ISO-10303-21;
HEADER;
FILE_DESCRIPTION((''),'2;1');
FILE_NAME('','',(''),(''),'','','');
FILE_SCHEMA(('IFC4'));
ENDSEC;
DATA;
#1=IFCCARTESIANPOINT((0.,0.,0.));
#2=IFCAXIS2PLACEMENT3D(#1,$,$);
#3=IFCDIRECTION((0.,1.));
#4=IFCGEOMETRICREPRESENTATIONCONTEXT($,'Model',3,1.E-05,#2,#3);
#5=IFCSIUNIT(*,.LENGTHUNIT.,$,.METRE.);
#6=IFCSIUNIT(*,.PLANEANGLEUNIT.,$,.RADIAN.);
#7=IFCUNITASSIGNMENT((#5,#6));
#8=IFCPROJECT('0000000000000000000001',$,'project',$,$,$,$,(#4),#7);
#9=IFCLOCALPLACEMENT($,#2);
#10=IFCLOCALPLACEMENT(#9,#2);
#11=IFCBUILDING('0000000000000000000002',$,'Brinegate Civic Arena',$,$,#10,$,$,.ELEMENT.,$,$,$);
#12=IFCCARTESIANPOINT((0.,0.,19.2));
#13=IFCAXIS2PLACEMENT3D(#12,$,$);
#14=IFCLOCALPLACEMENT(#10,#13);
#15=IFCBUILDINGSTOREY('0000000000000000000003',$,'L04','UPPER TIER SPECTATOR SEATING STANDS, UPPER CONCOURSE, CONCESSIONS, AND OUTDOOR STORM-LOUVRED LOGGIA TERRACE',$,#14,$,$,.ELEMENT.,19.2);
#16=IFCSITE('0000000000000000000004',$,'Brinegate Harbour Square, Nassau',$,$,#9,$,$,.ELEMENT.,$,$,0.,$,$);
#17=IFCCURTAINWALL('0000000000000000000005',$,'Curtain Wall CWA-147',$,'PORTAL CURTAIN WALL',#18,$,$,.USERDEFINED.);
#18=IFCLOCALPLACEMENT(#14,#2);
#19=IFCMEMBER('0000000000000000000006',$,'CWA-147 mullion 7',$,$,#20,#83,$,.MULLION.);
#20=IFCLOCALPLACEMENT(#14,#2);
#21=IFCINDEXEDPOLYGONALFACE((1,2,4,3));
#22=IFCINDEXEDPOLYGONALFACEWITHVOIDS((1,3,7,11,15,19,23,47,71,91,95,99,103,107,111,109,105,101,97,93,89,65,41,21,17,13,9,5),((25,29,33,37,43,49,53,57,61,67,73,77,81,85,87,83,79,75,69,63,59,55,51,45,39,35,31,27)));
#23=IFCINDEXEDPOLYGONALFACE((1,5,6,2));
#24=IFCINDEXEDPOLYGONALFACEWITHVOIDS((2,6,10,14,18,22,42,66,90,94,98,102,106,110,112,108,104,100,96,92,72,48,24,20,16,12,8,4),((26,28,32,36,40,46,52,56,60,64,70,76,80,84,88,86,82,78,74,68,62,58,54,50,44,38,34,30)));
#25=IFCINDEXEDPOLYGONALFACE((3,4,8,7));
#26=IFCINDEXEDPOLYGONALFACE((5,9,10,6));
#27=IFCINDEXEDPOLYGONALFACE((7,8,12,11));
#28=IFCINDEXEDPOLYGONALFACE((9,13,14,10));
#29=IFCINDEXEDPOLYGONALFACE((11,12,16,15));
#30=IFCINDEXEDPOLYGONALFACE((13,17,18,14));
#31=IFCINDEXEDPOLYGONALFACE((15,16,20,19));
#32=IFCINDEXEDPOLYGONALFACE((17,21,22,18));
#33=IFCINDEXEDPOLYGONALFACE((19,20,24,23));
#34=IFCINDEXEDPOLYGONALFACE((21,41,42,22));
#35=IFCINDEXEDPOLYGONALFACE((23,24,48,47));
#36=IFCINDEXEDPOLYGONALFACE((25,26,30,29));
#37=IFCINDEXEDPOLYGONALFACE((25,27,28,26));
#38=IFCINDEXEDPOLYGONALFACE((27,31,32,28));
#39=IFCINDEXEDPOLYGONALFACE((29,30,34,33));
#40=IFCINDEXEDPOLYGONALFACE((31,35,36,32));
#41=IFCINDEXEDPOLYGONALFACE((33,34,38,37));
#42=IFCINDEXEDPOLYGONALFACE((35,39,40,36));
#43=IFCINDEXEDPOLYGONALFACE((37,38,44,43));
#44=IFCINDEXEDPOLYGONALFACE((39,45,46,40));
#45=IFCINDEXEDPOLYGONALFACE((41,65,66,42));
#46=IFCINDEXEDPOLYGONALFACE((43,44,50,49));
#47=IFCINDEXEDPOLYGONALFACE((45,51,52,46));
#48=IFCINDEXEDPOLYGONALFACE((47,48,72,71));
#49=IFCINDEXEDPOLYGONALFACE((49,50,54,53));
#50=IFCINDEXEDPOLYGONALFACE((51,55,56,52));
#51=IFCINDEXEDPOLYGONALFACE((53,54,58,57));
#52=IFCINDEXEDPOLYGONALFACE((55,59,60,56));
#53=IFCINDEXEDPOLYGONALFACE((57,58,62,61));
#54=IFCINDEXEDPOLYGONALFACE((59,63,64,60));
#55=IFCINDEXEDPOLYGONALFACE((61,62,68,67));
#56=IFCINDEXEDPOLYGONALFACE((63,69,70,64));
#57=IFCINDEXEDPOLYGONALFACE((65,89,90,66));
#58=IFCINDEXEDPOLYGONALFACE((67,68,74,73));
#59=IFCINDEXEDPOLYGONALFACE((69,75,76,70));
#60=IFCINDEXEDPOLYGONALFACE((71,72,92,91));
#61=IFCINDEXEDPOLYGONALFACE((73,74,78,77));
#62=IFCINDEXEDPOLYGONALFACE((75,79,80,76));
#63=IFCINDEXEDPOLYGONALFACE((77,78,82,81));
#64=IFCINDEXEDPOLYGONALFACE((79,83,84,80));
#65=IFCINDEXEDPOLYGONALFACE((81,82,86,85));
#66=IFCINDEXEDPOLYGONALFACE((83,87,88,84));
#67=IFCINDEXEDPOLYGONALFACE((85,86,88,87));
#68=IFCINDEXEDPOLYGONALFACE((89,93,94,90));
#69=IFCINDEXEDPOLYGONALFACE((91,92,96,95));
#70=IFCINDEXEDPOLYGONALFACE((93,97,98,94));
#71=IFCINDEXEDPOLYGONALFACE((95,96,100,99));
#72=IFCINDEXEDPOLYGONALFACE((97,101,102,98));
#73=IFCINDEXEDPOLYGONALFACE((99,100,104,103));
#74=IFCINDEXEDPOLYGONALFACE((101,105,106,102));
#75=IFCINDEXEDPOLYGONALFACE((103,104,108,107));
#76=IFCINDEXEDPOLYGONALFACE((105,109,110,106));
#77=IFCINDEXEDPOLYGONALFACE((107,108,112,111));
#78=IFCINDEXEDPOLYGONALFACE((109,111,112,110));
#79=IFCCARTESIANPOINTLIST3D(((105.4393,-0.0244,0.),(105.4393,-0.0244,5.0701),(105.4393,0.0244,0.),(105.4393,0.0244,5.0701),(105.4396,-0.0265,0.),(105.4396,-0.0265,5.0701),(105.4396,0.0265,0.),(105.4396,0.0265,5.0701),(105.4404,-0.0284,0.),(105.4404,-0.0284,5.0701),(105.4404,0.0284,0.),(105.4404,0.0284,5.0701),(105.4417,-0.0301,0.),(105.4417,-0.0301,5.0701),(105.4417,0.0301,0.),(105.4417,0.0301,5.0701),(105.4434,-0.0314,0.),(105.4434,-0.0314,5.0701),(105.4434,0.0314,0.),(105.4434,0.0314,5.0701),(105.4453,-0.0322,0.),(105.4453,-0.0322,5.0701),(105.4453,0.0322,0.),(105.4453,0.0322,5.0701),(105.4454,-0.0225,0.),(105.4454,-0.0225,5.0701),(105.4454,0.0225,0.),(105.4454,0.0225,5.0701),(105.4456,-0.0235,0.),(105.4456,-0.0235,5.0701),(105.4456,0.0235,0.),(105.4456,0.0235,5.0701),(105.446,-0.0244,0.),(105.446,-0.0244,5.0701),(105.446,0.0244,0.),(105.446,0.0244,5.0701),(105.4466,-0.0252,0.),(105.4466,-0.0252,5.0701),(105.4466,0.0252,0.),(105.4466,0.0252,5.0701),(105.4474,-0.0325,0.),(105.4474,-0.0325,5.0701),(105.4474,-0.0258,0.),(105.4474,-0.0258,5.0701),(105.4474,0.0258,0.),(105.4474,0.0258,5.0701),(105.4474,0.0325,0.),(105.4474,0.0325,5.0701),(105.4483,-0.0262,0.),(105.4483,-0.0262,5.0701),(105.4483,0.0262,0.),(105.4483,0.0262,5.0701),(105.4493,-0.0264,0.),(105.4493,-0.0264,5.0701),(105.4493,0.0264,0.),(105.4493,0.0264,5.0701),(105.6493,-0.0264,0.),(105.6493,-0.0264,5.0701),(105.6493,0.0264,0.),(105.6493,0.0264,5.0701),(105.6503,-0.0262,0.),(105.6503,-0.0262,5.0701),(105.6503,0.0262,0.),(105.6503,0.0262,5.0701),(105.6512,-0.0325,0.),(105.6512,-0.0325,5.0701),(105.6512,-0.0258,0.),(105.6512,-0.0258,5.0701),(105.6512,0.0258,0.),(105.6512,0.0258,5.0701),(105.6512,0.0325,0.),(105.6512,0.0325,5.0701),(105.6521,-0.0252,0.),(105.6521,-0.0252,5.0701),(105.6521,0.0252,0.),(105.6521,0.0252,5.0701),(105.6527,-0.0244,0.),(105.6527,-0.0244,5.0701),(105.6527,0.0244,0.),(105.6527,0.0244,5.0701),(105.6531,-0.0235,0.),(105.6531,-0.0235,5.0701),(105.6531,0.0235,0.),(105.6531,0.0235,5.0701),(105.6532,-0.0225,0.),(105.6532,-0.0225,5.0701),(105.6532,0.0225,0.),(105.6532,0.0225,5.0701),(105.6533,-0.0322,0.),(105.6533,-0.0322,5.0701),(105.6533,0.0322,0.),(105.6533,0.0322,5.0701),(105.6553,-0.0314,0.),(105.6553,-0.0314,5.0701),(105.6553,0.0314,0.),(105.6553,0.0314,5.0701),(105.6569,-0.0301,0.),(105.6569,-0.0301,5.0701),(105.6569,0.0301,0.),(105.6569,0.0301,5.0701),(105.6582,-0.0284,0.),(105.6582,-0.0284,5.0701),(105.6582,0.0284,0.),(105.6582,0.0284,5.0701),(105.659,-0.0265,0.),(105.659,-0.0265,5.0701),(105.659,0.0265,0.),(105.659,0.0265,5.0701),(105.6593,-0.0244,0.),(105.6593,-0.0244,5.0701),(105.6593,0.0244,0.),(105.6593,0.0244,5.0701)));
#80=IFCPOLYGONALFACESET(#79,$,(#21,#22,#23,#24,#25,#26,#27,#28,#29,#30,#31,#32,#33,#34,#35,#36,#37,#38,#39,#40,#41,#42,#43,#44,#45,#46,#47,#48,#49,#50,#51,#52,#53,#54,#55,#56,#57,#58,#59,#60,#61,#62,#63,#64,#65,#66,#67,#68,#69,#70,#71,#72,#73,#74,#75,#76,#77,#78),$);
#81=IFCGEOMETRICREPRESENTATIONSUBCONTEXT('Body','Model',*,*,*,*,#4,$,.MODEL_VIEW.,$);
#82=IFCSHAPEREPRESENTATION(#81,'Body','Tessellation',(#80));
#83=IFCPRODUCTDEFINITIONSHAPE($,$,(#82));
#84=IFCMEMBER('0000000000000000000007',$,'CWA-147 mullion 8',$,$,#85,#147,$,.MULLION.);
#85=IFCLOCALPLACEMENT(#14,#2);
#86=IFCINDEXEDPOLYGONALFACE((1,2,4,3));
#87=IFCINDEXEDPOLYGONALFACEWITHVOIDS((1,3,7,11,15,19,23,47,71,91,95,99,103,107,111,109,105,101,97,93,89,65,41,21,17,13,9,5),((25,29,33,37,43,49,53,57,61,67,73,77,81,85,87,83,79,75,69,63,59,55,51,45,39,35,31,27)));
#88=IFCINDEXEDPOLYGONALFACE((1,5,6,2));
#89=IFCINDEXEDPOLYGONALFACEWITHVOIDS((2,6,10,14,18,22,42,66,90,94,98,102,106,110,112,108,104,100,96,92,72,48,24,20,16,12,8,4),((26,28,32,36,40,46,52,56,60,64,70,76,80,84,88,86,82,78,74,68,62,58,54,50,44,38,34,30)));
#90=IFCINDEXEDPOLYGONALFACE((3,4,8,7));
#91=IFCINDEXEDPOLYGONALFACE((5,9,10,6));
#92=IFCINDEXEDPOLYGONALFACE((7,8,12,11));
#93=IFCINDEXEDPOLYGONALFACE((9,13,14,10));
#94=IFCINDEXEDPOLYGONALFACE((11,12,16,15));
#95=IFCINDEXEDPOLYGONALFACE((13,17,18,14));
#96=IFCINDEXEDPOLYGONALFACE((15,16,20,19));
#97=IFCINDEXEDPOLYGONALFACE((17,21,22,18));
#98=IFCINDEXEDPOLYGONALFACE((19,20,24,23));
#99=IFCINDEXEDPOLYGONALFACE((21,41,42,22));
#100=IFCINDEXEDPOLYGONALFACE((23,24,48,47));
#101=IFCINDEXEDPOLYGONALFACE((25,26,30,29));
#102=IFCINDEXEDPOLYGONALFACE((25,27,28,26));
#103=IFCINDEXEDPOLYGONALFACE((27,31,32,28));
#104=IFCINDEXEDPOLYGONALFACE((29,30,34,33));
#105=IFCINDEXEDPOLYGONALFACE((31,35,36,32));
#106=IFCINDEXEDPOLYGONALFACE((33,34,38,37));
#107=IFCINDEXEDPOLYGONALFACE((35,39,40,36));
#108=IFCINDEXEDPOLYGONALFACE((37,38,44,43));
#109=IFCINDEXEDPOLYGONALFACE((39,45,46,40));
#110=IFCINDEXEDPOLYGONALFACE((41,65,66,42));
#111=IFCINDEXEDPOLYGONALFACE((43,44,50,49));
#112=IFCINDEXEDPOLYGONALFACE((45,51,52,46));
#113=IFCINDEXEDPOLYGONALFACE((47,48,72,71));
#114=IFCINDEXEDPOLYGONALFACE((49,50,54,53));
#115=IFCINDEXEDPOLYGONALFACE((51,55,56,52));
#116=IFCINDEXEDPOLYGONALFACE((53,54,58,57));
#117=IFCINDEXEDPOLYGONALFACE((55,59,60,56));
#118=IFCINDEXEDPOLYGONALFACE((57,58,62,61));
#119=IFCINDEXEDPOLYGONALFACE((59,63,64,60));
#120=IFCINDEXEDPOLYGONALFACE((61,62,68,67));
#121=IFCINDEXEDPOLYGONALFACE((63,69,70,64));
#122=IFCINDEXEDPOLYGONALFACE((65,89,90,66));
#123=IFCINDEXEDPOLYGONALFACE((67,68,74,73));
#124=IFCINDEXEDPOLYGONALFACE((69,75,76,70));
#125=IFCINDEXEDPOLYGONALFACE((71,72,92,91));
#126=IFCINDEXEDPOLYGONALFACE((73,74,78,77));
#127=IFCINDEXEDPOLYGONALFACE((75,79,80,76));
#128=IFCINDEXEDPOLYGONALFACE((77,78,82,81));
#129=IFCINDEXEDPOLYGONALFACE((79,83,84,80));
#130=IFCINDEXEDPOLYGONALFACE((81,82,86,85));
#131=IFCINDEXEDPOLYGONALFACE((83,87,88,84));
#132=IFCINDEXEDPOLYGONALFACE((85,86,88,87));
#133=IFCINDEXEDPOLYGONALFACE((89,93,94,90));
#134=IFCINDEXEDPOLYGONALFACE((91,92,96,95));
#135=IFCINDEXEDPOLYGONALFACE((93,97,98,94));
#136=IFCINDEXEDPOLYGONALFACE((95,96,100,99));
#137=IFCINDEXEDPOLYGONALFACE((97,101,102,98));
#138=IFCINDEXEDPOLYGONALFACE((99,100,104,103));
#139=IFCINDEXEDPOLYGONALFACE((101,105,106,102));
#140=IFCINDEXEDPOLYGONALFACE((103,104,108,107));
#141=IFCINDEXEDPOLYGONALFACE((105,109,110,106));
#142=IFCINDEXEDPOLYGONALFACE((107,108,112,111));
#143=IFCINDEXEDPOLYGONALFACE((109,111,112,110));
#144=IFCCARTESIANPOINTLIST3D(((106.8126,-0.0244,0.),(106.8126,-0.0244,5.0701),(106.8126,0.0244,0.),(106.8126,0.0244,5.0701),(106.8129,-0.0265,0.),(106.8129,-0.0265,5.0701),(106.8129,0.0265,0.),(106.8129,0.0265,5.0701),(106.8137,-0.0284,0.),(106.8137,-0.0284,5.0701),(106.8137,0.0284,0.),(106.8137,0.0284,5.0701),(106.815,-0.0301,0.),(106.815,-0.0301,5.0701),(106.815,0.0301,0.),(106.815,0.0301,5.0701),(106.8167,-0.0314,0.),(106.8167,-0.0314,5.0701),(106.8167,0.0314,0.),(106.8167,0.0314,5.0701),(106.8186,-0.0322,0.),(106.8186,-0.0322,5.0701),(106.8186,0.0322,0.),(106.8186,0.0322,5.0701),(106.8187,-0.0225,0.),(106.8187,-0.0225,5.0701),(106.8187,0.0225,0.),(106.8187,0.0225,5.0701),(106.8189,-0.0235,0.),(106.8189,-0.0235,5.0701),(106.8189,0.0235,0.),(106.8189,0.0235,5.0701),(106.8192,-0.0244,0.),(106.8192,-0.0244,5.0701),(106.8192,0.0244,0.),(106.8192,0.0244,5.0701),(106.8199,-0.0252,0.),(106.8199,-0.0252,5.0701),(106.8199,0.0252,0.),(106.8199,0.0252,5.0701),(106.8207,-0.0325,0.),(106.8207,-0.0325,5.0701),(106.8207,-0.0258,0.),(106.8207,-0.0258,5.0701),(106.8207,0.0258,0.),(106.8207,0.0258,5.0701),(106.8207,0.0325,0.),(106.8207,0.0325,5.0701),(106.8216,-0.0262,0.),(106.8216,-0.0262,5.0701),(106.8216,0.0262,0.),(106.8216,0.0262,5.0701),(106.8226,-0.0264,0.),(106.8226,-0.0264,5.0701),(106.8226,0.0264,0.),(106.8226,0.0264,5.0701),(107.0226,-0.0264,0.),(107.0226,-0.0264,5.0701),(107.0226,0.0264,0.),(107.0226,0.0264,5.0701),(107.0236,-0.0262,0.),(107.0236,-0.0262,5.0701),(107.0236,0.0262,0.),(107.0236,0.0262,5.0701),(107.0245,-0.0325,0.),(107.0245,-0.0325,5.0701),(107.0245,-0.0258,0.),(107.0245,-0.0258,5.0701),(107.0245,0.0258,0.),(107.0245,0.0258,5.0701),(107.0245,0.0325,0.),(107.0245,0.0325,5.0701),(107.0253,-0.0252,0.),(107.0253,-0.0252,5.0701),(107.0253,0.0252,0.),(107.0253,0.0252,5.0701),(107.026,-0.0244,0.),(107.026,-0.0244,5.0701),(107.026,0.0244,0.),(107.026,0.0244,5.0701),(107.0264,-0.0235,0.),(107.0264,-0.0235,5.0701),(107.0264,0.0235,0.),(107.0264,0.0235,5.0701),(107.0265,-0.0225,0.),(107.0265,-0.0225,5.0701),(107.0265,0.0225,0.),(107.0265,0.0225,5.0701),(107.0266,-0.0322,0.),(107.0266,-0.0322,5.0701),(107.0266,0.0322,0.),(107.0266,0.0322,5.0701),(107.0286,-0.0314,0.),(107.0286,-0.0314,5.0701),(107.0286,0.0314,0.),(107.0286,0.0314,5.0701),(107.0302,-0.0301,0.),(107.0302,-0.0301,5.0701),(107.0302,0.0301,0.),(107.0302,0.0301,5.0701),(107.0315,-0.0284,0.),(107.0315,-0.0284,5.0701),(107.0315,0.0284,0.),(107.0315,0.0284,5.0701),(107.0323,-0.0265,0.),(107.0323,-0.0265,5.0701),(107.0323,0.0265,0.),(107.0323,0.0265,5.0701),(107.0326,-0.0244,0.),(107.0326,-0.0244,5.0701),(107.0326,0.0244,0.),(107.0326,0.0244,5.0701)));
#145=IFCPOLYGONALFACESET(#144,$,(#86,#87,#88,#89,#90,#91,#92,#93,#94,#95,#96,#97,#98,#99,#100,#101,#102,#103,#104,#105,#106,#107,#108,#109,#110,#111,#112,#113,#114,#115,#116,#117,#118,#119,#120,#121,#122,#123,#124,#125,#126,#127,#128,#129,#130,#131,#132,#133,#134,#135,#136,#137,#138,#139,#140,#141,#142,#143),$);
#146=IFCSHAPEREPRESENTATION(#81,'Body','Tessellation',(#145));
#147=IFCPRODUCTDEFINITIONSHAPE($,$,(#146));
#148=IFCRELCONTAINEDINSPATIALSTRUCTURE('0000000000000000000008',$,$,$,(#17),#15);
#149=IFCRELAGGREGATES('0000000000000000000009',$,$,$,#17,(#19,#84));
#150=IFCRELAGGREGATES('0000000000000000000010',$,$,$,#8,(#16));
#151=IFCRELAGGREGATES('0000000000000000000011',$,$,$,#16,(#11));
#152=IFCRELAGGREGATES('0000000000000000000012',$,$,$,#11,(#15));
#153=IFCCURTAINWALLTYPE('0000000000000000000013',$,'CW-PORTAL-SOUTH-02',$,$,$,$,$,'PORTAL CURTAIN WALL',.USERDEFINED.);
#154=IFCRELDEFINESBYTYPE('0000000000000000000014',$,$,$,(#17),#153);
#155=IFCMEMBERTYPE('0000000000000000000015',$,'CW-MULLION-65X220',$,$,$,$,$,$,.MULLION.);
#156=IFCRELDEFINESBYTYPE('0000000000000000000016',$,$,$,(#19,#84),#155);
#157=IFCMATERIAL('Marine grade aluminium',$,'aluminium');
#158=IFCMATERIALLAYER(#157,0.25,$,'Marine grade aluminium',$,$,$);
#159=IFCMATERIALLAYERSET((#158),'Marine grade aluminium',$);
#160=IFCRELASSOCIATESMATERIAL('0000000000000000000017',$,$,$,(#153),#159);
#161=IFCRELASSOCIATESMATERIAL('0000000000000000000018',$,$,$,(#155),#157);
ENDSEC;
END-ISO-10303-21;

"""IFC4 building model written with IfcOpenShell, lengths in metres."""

from ifc_helpers import new_model, si_unit, direction, frame, origin, origin_2d, place, context, subcontext, project, spatial, hollow_rectangle, extrude, material, layer, layer_set, material_profile, profile_set, type_object, element, aggregate, save


model = new_model("IFC4")

# Units and contexts
model_context = context("Model", 3, precision=1e-05, world=origin(), true_north=direction((0.0, 1.0)))
body_context = subcontext(model_context, "Body", "Model", "MODEL_VIEW")
ifc_project = project(units=[si_unit("LENGTHUNIT", "METRE"), si_unit("PLANEANGLEUNIT", "RADIAN")], contexts=[model_context])

# Site, building, storey
site_placement = place(None, origin())
site = spatial("IfcSite", under=ifc_project, at=site_placement, Name="Brinegate Harbour Square, Nassau", CompositionType="ELEMENT", RefElevation=0.0)
building_placement = place(site_placement, origin())
building = spatial("IfcBuilding", under=site, at=building_placement, Name="Brinegate Civic Arena", CompositionType="ELEMENT")
storey_placement = place(building_placement, frame((0.0, 0.0, 19.2)))
storey = spatial("IfcBuildingStorey", under=building, at=storey_placement, Name="L04", Description="UPPER TIER SPECTATOR SEATING STANDS, UPPER CONCOURSE, CONCESSIONS, AND OUTDOOR STORM-LOUVRED LOGGIA TERRACE", CompositionType="ELEMENT", Elevation=19.2)

# Curtain wall, members
ifc_material_1 = material(Name="Marine grade aluminium", Category="aluminium")
ifc_layer_1 = layer(ifc_material_1, 0.25, Name="Marine grade aluminium")
ifc_layer_set_1 = layer_set([ifc_layer_1], Name="Marine grade aluminium")
curtain_wall_type = type_object("IfcCurtainWallType", Name="CW-PORTAL-SOUTH-02", ElementType="PORTAL CURTAIN WALL", PredefinedType="USERDEFINED", material=ifc_layer_set_1)
curtain_wall_placement = place(storey_placement, origin())
curtain_wall = element("IfcCurtainWall", 1, at=curtain_wall_placement, inside=storey, type_object=curtain_wall_type, Name="Curtain Wall CWA-147", ObjectType="PORTAL CURTAIN WALL", PredefinedType="USERDEFINED")
ifc_material_profile_1 = material_profile(ifc_material_1, hollow_rectangle(XDim=0.0649, YDim=0.22, WallThickness=0.0061, InnerFilletRadius=0.0039, OuterFilletRadius=0.0081, at=origin_2d()), Name="MUL65X220")
ifc_profile_set_1 = profile_set([ifc_material_profile_1], Name="Marine grade aluminium")
member_type_1 = type_object("IfcMemberType", Name="CW-MULLION-65X220", PredefinedType="MULLION", material=ifc_profile_set_1)
member_1_placement = place(storey_placement, frame((105.5493, 0.0, 0.0), z_axis=(0.0, 0.0, 1.0), x_axis=(0.0, 1.0, 0.0)))
member_1 = element("IfcMember", 2, at=member_1_placement, type_object=member_type_1, Name="CWA-147 mullion 7", PredefinedType="MULLION", context=body_context, shape_type="SweptSolid", body=[
    extrude(hollow_rectangle(XDim=0.0649, YDim=0.22, WallThickness=0.0061, InnerFilletRadius=0.0039, OuterFilletRadius=0.0081, at=origin_2d()), origin(), (0.0, 0.0, 1.0), 5.0701),
])
member_2_placement = place(storey_placement, frame((106.9226, 0.0, 0.0), z_axis=(0.0, 0.0, 1.0), x_axis=(0.0, 1.0, 0.0)))
member_2 = element("IfcMember", 3, at=member_2_placement, type_object=member_type_1, Name="CWA-147 mullion 8", PredefinedType="MULLION", context=body_context, shape_type="SweptSolid", body=[
    extrude(hollow_rectangle(XDim=0.0649, YDim=0.22, WallThickness=0.0061, InnerFilletRadius=0.0039, OuterFilletRadius=0.0081, at=origin_2d()), origin(), (0.0, 0.0, 1.0), 5.0701),
])

aggregate(curtain_wall, [member_1, member_2])

save(model, "model.ifc")
